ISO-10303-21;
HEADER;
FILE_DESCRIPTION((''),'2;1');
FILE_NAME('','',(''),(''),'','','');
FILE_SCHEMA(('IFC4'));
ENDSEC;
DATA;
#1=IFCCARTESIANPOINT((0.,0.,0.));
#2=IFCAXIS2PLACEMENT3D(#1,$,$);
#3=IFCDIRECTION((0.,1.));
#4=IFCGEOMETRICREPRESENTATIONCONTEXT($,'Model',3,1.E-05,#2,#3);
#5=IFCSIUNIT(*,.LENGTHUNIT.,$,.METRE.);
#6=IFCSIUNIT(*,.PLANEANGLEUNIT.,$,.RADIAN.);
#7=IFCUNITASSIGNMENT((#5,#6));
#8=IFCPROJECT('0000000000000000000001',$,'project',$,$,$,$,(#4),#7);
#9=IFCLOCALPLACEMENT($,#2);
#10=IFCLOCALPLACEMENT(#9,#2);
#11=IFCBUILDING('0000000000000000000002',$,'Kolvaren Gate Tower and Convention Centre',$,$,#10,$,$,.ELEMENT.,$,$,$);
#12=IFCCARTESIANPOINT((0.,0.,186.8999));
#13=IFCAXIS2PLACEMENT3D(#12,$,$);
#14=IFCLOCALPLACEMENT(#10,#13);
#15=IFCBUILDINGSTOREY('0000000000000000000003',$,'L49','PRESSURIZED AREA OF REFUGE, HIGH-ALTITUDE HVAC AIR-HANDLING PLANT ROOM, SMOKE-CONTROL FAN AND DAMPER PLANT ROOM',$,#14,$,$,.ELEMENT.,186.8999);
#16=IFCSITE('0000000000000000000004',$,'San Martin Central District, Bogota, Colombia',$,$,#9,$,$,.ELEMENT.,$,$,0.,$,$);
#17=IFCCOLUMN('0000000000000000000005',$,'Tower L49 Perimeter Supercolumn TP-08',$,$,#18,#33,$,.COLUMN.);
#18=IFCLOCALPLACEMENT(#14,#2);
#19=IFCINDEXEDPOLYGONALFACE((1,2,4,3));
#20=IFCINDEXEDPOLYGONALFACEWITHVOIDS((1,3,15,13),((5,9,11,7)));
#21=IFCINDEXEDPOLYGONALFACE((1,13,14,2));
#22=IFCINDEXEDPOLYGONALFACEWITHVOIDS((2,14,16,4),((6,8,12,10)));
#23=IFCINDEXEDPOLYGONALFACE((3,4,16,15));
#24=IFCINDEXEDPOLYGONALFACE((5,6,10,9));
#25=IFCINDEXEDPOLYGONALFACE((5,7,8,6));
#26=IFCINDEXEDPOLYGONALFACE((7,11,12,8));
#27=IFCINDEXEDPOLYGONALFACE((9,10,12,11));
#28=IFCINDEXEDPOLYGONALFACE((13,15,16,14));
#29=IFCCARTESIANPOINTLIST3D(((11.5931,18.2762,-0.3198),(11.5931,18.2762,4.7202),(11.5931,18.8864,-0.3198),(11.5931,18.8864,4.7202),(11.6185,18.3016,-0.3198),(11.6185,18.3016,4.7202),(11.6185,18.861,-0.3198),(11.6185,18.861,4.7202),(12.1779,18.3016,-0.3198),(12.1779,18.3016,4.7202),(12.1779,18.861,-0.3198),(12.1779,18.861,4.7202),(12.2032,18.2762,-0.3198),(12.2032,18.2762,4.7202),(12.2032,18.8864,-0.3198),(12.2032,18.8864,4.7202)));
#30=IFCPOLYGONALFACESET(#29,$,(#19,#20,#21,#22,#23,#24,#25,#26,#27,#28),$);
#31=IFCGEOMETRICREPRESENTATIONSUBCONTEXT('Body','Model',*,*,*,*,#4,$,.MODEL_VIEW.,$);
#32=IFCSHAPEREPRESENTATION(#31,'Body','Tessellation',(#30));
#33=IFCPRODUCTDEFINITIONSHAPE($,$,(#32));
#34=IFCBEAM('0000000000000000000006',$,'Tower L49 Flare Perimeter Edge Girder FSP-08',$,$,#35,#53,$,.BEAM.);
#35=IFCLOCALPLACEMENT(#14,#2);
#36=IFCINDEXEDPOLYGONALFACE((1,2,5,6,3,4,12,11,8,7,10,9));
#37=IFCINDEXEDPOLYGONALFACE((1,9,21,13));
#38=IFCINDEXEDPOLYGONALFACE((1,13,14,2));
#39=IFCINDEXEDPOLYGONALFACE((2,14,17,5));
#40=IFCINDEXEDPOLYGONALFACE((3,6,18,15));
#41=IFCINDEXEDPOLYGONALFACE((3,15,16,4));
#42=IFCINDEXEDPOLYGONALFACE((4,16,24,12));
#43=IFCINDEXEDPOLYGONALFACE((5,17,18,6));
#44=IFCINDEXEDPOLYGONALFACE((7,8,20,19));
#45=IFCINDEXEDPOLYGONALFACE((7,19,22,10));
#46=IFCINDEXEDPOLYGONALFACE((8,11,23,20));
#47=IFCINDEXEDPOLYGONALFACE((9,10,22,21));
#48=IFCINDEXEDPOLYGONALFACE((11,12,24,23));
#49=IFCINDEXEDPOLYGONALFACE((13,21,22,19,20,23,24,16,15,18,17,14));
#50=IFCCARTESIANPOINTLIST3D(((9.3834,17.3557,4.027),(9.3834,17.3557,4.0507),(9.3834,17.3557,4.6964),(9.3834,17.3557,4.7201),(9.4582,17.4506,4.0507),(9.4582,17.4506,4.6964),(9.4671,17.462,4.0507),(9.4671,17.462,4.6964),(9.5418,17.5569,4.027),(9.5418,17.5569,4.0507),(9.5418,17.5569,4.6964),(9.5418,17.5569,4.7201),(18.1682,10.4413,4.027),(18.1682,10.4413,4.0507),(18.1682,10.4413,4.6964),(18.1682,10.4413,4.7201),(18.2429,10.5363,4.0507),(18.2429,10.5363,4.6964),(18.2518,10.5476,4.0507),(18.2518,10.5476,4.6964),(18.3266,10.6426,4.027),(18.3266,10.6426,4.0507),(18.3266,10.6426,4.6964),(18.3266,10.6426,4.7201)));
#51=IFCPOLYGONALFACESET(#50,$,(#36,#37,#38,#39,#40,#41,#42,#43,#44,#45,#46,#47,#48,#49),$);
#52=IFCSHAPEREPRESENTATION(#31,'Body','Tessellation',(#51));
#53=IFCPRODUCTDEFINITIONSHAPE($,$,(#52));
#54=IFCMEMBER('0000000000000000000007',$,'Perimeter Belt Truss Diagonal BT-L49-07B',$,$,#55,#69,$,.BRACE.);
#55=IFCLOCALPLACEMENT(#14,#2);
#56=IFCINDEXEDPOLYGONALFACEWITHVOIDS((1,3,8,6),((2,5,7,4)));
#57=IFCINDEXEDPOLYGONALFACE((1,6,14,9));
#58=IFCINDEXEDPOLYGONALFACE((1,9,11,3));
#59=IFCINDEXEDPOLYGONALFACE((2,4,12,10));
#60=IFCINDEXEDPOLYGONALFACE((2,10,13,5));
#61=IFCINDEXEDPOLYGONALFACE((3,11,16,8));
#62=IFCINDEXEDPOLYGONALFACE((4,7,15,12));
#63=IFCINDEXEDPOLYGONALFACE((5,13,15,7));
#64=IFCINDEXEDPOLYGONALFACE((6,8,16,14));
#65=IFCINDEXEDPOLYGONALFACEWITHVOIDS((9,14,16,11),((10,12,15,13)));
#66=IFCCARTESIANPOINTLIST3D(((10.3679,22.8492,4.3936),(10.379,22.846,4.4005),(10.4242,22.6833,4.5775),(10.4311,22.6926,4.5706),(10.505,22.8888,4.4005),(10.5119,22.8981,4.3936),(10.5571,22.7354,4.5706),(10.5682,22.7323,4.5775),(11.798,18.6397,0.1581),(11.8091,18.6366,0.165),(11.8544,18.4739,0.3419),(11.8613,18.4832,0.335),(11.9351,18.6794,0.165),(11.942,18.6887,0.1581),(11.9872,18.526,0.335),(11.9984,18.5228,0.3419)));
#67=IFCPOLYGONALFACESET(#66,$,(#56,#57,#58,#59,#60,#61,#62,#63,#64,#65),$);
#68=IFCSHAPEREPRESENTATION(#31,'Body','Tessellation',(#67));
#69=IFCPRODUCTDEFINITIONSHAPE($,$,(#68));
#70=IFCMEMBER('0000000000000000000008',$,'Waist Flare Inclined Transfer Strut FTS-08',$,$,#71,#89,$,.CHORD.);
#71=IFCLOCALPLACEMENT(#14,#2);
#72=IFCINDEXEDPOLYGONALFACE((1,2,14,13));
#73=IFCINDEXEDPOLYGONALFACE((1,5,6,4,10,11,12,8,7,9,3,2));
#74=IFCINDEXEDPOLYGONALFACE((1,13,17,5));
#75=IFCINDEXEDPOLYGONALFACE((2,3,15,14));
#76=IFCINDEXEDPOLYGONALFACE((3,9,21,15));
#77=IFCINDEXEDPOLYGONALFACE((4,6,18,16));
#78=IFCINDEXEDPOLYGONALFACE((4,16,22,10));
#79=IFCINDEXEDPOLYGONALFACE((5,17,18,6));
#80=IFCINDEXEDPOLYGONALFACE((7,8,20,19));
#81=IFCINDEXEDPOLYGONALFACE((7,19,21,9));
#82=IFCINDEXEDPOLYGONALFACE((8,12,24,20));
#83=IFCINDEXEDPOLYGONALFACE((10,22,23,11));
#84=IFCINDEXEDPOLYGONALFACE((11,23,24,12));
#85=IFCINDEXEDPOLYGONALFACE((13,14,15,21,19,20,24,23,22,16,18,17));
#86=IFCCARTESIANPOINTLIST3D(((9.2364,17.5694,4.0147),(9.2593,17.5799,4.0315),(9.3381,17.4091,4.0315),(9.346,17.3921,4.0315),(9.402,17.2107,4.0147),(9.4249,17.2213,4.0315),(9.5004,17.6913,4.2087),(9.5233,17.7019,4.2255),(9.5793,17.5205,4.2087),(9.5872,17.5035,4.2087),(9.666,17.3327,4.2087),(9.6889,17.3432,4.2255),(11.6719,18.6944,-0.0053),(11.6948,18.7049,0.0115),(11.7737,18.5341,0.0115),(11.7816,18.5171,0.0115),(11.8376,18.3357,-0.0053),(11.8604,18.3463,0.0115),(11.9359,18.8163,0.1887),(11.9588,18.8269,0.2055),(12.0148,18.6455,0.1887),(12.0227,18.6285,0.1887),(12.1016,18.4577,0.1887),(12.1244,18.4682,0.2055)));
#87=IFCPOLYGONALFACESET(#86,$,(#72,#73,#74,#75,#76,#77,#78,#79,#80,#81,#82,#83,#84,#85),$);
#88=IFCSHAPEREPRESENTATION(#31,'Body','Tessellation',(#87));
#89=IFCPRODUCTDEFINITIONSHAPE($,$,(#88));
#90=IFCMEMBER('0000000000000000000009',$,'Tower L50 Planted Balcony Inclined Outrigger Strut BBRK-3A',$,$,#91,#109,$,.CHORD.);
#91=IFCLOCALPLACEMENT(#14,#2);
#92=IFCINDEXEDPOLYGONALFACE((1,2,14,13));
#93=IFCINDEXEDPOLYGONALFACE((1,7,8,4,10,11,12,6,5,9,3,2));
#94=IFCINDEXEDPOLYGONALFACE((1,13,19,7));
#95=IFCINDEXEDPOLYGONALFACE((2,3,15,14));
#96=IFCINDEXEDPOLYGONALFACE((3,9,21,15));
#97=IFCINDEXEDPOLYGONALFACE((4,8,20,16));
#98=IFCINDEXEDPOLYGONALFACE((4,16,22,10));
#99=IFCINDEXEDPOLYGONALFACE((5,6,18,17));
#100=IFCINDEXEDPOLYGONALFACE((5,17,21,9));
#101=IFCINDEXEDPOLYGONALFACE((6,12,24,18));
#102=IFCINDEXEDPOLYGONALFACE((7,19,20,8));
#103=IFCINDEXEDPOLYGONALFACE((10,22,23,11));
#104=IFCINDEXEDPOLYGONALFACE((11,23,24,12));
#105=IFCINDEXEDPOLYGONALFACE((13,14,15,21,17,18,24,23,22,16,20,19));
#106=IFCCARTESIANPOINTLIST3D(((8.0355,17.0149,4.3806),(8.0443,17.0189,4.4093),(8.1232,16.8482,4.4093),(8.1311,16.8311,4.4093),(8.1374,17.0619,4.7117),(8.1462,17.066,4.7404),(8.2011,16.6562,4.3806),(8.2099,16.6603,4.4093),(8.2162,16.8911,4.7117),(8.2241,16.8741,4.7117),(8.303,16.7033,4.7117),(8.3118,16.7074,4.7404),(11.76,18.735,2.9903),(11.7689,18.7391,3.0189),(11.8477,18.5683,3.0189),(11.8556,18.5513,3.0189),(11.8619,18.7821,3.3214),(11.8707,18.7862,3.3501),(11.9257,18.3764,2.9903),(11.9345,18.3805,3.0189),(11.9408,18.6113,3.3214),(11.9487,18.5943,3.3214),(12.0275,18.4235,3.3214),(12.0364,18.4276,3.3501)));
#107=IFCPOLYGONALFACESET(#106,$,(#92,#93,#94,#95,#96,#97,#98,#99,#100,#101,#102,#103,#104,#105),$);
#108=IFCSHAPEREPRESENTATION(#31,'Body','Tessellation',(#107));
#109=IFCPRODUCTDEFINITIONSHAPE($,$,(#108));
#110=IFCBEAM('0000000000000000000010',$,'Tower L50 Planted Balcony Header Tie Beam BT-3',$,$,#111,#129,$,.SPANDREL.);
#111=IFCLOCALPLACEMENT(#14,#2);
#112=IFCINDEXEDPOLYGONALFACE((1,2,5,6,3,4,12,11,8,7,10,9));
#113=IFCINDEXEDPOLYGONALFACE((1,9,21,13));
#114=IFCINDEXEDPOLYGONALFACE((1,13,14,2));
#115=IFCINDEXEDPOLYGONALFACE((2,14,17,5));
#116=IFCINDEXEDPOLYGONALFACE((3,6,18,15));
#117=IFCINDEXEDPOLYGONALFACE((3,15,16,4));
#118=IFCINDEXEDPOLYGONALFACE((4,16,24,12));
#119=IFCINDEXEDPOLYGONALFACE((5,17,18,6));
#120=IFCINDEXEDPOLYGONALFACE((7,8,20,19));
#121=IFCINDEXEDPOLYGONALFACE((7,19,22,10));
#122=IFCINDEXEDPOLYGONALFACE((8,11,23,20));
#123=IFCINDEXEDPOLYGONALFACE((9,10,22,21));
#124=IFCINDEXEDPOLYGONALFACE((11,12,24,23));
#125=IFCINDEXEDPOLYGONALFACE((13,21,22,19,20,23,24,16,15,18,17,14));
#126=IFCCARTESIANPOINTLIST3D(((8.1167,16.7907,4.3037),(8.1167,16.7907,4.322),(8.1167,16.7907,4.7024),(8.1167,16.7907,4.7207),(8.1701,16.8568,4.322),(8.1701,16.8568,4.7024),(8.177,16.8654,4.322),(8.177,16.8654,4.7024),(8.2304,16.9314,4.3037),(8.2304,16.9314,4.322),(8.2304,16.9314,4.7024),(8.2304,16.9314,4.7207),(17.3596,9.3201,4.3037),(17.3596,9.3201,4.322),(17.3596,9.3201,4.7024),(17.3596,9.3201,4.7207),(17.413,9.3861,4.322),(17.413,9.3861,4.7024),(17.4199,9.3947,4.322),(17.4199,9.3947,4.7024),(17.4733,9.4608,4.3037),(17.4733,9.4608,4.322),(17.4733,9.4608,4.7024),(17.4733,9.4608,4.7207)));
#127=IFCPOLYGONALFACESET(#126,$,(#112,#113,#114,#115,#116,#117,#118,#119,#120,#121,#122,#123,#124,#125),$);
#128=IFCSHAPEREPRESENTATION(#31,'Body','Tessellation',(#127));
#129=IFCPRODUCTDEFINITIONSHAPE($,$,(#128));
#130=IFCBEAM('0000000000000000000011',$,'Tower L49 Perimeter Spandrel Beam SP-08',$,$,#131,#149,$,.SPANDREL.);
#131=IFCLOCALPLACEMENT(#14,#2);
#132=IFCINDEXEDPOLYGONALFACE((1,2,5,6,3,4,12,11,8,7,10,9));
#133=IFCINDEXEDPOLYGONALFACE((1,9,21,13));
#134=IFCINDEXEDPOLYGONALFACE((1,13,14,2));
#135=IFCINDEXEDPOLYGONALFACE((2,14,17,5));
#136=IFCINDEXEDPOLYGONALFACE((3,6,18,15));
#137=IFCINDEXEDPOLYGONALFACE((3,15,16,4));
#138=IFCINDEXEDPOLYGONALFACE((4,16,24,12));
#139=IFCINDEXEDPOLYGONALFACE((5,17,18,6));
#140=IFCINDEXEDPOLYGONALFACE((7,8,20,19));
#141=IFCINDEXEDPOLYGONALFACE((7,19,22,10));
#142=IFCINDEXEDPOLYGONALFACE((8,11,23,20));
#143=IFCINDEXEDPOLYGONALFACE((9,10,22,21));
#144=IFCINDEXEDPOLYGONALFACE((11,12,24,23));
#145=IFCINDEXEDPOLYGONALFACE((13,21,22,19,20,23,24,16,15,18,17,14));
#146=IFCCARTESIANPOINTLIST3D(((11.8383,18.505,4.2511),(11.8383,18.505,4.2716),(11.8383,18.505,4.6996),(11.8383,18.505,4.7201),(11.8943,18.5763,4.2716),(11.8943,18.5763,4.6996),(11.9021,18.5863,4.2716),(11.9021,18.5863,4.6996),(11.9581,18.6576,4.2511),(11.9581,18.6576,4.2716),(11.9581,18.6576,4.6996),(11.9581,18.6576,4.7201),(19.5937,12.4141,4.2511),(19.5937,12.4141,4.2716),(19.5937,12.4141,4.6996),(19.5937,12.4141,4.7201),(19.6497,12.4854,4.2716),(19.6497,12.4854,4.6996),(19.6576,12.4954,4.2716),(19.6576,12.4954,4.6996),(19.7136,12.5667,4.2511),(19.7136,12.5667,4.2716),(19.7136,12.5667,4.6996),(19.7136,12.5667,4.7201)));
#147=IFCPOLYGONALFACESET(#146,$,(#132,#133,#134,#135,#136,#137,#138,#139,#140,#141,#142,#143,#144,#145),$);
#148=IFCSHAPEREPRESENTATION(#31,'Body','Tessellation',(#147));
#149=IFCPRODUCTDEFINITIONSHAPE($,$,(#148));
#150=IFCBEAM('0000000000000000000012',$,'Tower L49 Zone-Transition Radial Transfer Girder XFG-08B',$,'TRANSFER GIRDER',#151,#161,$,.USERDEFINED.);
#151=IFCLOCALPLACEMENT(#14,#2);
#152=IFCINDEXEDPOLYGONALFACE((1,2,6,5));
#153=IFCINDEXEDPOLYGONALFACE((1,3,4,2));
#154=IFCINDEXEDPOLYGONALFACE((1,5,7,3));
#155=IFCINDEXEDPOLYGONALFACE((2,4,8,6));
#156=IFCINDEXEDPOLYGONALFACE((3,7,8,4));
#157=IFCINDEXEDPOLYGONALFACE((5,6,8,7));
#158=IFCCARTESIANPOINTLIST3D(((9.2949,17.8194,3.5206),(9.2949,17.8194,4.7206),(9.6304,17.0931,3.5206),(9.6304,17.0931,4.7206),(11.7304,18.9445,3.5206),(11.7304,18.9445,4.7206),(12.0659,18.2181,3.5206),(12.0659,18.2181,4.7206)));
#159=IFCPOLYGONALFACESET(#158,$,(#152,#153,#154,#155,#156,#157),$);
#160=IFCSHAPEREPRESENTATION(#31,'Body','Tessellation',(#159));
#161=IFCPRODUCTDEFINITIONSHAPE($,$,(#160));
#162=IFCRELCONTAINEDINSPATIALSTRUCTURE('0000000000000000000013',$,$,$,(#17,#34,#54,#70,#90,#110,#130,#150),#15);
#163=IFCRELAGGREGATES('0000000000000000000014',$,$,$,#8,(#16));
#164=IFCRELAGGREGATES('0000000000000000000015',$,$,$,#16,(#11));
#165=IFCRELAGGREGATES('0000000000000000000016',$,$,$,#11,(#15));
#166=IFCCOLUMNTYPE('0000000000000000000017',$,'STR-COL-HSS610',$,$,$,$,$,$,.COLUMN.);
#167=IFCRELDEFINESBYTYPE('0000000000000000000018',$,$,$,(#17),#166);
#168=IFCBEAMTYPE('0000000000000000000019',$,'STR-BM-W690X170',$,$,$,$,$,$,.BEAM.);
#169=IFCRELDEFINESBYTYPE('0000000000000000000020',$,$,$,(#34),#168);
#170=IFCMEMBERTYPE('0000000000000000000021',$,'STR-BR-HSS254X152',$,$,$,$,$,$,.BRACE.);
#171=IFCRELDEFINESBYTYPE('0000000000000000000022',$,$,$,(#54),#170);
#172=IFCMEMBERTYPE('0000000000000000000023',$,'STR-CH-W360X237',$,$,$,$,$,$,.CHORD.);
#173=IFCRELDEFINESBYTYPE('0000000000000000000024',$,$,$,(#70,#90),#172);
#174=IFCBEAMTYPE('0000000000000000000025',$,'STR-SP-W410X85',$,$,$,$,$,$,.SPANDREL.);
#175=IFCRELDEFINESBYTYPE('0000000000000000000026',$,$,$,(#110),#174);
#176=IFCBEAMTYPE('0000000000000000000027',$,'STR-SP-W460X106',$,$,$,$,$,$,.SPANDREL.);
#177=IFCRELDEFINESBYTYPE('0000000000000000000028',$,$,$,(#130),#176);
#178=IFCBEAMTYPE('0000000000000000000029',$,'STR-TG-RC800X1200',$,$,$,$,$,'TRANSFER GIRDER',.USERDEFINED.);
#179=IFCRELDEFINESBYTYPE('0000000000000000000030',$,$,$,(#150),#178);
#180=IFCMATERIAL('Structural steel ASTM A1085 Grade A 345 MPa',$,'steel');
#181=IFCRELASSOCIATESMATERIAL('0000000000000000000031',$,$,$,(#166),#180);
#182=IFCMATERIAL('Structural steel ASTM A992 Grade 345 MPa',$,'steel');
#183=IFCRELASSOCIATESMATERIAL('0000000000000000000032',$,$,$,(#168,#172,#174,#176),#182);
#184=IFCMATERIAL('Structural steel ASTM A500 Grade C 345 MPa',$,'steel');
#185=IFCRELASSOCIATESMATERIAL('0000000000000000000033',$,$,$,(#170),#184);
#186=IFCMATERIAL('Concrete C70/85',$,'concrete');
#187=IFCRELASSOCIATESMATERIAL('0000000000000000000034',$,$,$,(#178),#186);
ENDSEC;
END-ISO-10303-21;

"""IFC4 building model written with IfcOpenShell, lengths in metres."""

from ifc_helpers import new_model, si_unit, direction, frame, origin, origin_2d, place, context, subcontext, project, spatial, rectangle, hollow_rectangle, i_section, extrude, material, material_profile, profile_set, type_object, element, save


model = new_model("IFC4")

# Units and contexts
model_context = context("Model", 3, precision=1e-05, world=origin(), true_north=direction((0.0, 1.0)))
body_context = subcontext(model_context, "Body", "Model", "MODEL_VIEW")
ifc_project = project(units=[si_unit("LENGTHUNIT", "METRE"), si_unit("PLANEANGLEUNIT", "RADIAN")], contexts=[model_context])

# Site, building, storey
site_placement = place(None, origin())
site = spatial("IfcSite", under=ifc_project, at=site_placement, Name="San Martin Central District, Bogota, Colombia", CompositionType="ELEMENT", RefElevation=0.0)
building_placement = place(site_placement, origin())
building = spatial("IfcBuilding", under=site, at=building_placement, Name="Kolvaren Gate Tower and Convention Centre", CompositionType="ELEMENT")
storey_placement = place(building_placement, frame((0.0, 0.0, 186.8999)))
storey = spatial("IfcBuildingStorey", under=building, at=storey_placement, Name="L49", Description="PRESSURIZED AREA OF REFUGE, HIGH-ALTITUDE HVAC AIR-HANDLING PLANT ROOM, SMOKE-CONTROL FAN AND DAMPER PLANT ROOM", CompositionType="ELEMENT", Elevation=186.8999)

# Column
ifc_material_1 = material(Name="Structural steel ASTM A1085 Grade A 345 MPa", Category="steel")
ifc_material_profile_1 = material_profile(ifc_material_1, hollow_rectangle(XDim=0.6101, YDim=0.6101, WallThickness=0.0254, at=origin_2d()), Name="HSS610X610X25.4")
ifc_profile_set_1 = profile_set([ifc_material_profile_1], Name="Structural steel ASTM A1085 Grade A 345 MPa")
column_type = type_object("IfcColumnType", Name="STR-COL-HSS610", PredefinedType="COLUMN", material=ifc_profile_set_1)
column_placement = place(storey_placement, frame((11.8982, 18.5813, -0.3198), z_axis=(0.0, 0.0, 1.0), x_axis=(1.0, 0.0, 0.0)))
element("IfcColumn", 1, at=column_placement, inside=storey, type_object=column_type, Name="Tower L49 Perimeter Supercolumn TP-08", PredefinedType="COLUMN", context=body_context, shape_type="SweptSolid", body=[
    extrude(hollow_rectangle(XDim=0.6101, YDim=0.6101, WallThickness=0.0254, at=origin_2d()), origin(), (0.0, 0.0, 1.0), 5.04),
])

# Beam
ifc_material_2 = material(Name="Structural steel ASTM A992 Grade 345 MPa", Category="steel")
ifc_material_profile_2 = material_profile(ifc_material_2, i_section(OverallWidth=0.2561, OverallDepth=0.6931, WebThickness=0.0144, FlangeThickness=0.0237, at=origin_2d()), Name="W690X170")
ifc_profile_set_2 = profile_set([ifc_material_profile_2], Name="Structural steel ASTM A992 Grade 345 MPa")
beam_type_1 = type_object("IfcBeamType", Name="STR-BM-W690X170", PredefinedType="BEAM", material=ifc_profile_set_2)
beam_1_placement = place(storey_placement, frame((9.4626, 17.4563, 4.3735), z_axis=(0.785794, -0.618489, 0.0), x_axis=(0.618489, 0.785794, 0.0)))
element("IfcBeam", 2, at=beam_1_placement, inside=storey, type_object=beam_type_1, Name="Tower L49 Flare Perimeter Edge Girder FSP-08", PredefinedType="BEAM", context=body_context, shape_type="SweptSolid", body=[
    extrude(i_section(OverallWidth=0.2561, OverallDepth=0.6931, WebThickness=0.0144, FlangeThickness=0.0237, at=origin_2d()), origin(), (0.0, 0.0, 1.0), 11.1794),
])

# Members
ifc_material_3 = material(Name="Structural steel ASTM A500 Grade C 345 MPa", Category="steel")
ifc_material_profile_3 = material_profile(ifc_material_3, hollow_rectangle(XDim=0.1521, YDim=0.2539, WallThickness=0.0095, at=origin_2d()), Name="HSS254X152X9.5")
ifc_profile_set_3 = profile_set([ifc_material_profile_3], Name="Structural steel ASTM A500 Grade C 345 MPa")
member_type_1 = type_object("IfcMemberType", Name="STR-BR-HSS254X152", PredefinedType="BRACE", material=ifc_profile_set_3)
member_1_placement = place(storey_placement, frame((11.8982, 18.5813, 0.25), z_axis=(-0.23291, 0.68553, 0.689784), x_axis=(-0.946844, -0.321692, 0.0)))
element("IfcMember", 3, at=member_1_placement, inside=storey, type_object=member_type_1, Name="Perimeter Belt Truss Diagonal BT-L49-07B", PredefinedType="BRACE", context=body_context, shape_type="SweptSolid", body=[
    extrude(hollow_rectangle(XDim=0.1521, YDim=0.2539, WallThickness=0.0095, at=origin_2d()), origin(), (0.0, 0.0, 1.0), 6.1404),
])
ifc_material_profile_4 = material_profile(ifc_material_2, i_section(OverallWidth=0.395, OverallDepth=0.3799, WebThickness=0.0188, FlangeThickness=0.0303, at=origin_2d()), Name="W360X237")
ifc_profile_set_4 = profile_set([ifc_material_profile_4], Name="Structural steel ASTM A992 Grade 345 MPa")
member_type_2 = type_object("IfcMemberType", Name="STR-CH-W360X237", PredefinedType="CHORD", material=ifc_profile_set_4)
member_2_placement = place(storey_placement, frame((11.8982, 18.5813, 0.1001), z_axis=(-0.503939, -0.232774, 0.831782), x_axis=(0.419335, -0.907831, 0.0)))
element("IfcMember", 4, at=member_2_placement, inside=storey, type_object=member_type_2, Name="Waist Flare Inclined Transfer Strut FTS-08", PredefinedType="CHORD", context=body_context, shape_type="SweptSolid", body=[
    extrude(i_section(OverallWidth=0.395, OverallDepth=0.3799, WebThickness=0.0188, FlangeThickness=0.0303, at=origin_2d()), origin(), (0.0, 0.0, 1.0), 4.833),
])
member_3_placement = place(storey_placement, frame((11.8982, 18.5813, 3.1702), z_axis=(-0.859818, -0.397108, 0.320966), x_axis=(0.419292, -0.907851, 0.0)))
element("IfcMember", 5, at=member_3_placement, inside=storey, type_object=member_type_2, Name="Tower L50 Planted Balcony Inclined Outrigger Strut BBRK-3A", PredefinedType="CHORD", context=body_context, shape_type="SweptSolid", body=[
    extrude(i_section(OverallWidth=0.395, OverallDepth=0.3799, WebThickness=0.0188, FlangeThickness=0.0303, at=origin_2d()), origin(), (0.0, 0.0, 1.0), 4.3318),
])

# Beams
ifc_material_profile_5 = material_profile(ifc_material_2, i_section(OverallWidth=0.1809, OverallDepth=0.417, WebThickness=0.011, FlangeThickness=0.0183, at=origin_2d()), Name="W410X85")
ifc_profile_set_5 = profile_set([ifc_material_profile_5], Name="Structural steel ASTM A992 Grade 345 MPa")
beam_type_2 = type_object("IfcBeamType", Name="STR-SP-W410X85", PredefinedType="SPANDREL", material=ifc_profile_set_5)
beam_2_placement = place(storey_placement, frame((8.1736, 16.8611, 4.5122), z_axis=(0.777724, -0.628605, 0.0), x_axis=(0.628605, 0.777724, 0.0)))
element("IfcBeam", 6, at=beam_2_placement, inside=storey, type_object=beam_type_2, Name="Tower L50 Planted Balcony Header Tie Beam BT-3", PredefinedType="SPANDREL", context=body_context, shape_type="SweptSolid", body=[
    extrude(i_section(OverallWidth=0.1809, OverallDepth=0.417, WebThickness=0.011, FlangeThickness=0.0183, at=origin_2d()), origin(), (0.0, 0.0, 1.0), 11.8845),
])
ifc_material_profile_6 = material_profile(ifc_material_2, i_section(OverallWidth=0.1941, OverallDepth=0.469, WebThickness=0.0127, FlangeThickness=0.0205, at=origin_2d()), Name="W460X106")
ifc_profile_set_6 = profile_set([ifc_material_profile_6], Name="Structural steel ASTM A992 Grade 345 MPa")
beam_type_3 = type_object("IfcBeamType", Name="STR-SP-W460X106", PredefinedType="SPANDREL", material=ifc_profile_set_6)
beam_3_placement = place(storey_placement, frame((11.8982, 18.5813, 4.4856), z_axis=(0.786451, -0.617653, 0.0), x_axis=(0.617653, 0.786451, 0.0)))
element("IfcBeam", 7, at=beam_3_placement, inside=storey, type_object=beam_type_3, Name="Tower L49 Perimeter Spandrel Beam SP-08", PredefinedType="SPANDREL", context=body_context, shape_type="SweptSolid", body=[
    extrude(i_section(OverallWidth=0.1941, OverallDepth=0.469, WebThickness=0.0127, FlangeThickness=0.0205, at=origin_2d()), origin(), (0.0, 0.0, 1.0), 9.8613),
])
ifc_material_4 = material(Name="Concrete C70/85", Category="concrete")
ifc_material_profile_7 = material_profile(ifc_material_4, rectangle(XDim=0.8, YDim=1.2, at=origin_2d()), Name="RC-BM-800X1200")
ifc_profile_set_7 = profile_set([ifc_material_profile_7], Name="Concrete C70/85")
beam_type_4 = type_object("IfcBeamType", Name="STR-TG-RC800X1200", ElementType="TRANSFER GIRDER", PredefinedType="USERDEFINED", material=ifc_profile_set_7)
beam_4_placement = place(storey_placement, frame((11.8982, 18.5813, 4.1206), z_axis=(-0.907831, -0.419335, 0.0), x_axis=(0.419335, -0.907831, 0.0)))
element("IfcBeam", 8, at=beam_4_placement, inside=storey, type_object=beam_type_4, Name="Tower L49 Zone-Transition Radial Transfer Girder XFG-08B", ObjectType="TRANSFER GIRDER", PredefinedType="USERDEFINED", context=body_context, shape_type="SweptSolid", body=[
    extrude(rectangle(XDim=0.8, YDim=1.2, at=origin_2d()), origin(), (0.0, 0.0, 1.0), 2.6829),
])

save(model, "model.ifc")
